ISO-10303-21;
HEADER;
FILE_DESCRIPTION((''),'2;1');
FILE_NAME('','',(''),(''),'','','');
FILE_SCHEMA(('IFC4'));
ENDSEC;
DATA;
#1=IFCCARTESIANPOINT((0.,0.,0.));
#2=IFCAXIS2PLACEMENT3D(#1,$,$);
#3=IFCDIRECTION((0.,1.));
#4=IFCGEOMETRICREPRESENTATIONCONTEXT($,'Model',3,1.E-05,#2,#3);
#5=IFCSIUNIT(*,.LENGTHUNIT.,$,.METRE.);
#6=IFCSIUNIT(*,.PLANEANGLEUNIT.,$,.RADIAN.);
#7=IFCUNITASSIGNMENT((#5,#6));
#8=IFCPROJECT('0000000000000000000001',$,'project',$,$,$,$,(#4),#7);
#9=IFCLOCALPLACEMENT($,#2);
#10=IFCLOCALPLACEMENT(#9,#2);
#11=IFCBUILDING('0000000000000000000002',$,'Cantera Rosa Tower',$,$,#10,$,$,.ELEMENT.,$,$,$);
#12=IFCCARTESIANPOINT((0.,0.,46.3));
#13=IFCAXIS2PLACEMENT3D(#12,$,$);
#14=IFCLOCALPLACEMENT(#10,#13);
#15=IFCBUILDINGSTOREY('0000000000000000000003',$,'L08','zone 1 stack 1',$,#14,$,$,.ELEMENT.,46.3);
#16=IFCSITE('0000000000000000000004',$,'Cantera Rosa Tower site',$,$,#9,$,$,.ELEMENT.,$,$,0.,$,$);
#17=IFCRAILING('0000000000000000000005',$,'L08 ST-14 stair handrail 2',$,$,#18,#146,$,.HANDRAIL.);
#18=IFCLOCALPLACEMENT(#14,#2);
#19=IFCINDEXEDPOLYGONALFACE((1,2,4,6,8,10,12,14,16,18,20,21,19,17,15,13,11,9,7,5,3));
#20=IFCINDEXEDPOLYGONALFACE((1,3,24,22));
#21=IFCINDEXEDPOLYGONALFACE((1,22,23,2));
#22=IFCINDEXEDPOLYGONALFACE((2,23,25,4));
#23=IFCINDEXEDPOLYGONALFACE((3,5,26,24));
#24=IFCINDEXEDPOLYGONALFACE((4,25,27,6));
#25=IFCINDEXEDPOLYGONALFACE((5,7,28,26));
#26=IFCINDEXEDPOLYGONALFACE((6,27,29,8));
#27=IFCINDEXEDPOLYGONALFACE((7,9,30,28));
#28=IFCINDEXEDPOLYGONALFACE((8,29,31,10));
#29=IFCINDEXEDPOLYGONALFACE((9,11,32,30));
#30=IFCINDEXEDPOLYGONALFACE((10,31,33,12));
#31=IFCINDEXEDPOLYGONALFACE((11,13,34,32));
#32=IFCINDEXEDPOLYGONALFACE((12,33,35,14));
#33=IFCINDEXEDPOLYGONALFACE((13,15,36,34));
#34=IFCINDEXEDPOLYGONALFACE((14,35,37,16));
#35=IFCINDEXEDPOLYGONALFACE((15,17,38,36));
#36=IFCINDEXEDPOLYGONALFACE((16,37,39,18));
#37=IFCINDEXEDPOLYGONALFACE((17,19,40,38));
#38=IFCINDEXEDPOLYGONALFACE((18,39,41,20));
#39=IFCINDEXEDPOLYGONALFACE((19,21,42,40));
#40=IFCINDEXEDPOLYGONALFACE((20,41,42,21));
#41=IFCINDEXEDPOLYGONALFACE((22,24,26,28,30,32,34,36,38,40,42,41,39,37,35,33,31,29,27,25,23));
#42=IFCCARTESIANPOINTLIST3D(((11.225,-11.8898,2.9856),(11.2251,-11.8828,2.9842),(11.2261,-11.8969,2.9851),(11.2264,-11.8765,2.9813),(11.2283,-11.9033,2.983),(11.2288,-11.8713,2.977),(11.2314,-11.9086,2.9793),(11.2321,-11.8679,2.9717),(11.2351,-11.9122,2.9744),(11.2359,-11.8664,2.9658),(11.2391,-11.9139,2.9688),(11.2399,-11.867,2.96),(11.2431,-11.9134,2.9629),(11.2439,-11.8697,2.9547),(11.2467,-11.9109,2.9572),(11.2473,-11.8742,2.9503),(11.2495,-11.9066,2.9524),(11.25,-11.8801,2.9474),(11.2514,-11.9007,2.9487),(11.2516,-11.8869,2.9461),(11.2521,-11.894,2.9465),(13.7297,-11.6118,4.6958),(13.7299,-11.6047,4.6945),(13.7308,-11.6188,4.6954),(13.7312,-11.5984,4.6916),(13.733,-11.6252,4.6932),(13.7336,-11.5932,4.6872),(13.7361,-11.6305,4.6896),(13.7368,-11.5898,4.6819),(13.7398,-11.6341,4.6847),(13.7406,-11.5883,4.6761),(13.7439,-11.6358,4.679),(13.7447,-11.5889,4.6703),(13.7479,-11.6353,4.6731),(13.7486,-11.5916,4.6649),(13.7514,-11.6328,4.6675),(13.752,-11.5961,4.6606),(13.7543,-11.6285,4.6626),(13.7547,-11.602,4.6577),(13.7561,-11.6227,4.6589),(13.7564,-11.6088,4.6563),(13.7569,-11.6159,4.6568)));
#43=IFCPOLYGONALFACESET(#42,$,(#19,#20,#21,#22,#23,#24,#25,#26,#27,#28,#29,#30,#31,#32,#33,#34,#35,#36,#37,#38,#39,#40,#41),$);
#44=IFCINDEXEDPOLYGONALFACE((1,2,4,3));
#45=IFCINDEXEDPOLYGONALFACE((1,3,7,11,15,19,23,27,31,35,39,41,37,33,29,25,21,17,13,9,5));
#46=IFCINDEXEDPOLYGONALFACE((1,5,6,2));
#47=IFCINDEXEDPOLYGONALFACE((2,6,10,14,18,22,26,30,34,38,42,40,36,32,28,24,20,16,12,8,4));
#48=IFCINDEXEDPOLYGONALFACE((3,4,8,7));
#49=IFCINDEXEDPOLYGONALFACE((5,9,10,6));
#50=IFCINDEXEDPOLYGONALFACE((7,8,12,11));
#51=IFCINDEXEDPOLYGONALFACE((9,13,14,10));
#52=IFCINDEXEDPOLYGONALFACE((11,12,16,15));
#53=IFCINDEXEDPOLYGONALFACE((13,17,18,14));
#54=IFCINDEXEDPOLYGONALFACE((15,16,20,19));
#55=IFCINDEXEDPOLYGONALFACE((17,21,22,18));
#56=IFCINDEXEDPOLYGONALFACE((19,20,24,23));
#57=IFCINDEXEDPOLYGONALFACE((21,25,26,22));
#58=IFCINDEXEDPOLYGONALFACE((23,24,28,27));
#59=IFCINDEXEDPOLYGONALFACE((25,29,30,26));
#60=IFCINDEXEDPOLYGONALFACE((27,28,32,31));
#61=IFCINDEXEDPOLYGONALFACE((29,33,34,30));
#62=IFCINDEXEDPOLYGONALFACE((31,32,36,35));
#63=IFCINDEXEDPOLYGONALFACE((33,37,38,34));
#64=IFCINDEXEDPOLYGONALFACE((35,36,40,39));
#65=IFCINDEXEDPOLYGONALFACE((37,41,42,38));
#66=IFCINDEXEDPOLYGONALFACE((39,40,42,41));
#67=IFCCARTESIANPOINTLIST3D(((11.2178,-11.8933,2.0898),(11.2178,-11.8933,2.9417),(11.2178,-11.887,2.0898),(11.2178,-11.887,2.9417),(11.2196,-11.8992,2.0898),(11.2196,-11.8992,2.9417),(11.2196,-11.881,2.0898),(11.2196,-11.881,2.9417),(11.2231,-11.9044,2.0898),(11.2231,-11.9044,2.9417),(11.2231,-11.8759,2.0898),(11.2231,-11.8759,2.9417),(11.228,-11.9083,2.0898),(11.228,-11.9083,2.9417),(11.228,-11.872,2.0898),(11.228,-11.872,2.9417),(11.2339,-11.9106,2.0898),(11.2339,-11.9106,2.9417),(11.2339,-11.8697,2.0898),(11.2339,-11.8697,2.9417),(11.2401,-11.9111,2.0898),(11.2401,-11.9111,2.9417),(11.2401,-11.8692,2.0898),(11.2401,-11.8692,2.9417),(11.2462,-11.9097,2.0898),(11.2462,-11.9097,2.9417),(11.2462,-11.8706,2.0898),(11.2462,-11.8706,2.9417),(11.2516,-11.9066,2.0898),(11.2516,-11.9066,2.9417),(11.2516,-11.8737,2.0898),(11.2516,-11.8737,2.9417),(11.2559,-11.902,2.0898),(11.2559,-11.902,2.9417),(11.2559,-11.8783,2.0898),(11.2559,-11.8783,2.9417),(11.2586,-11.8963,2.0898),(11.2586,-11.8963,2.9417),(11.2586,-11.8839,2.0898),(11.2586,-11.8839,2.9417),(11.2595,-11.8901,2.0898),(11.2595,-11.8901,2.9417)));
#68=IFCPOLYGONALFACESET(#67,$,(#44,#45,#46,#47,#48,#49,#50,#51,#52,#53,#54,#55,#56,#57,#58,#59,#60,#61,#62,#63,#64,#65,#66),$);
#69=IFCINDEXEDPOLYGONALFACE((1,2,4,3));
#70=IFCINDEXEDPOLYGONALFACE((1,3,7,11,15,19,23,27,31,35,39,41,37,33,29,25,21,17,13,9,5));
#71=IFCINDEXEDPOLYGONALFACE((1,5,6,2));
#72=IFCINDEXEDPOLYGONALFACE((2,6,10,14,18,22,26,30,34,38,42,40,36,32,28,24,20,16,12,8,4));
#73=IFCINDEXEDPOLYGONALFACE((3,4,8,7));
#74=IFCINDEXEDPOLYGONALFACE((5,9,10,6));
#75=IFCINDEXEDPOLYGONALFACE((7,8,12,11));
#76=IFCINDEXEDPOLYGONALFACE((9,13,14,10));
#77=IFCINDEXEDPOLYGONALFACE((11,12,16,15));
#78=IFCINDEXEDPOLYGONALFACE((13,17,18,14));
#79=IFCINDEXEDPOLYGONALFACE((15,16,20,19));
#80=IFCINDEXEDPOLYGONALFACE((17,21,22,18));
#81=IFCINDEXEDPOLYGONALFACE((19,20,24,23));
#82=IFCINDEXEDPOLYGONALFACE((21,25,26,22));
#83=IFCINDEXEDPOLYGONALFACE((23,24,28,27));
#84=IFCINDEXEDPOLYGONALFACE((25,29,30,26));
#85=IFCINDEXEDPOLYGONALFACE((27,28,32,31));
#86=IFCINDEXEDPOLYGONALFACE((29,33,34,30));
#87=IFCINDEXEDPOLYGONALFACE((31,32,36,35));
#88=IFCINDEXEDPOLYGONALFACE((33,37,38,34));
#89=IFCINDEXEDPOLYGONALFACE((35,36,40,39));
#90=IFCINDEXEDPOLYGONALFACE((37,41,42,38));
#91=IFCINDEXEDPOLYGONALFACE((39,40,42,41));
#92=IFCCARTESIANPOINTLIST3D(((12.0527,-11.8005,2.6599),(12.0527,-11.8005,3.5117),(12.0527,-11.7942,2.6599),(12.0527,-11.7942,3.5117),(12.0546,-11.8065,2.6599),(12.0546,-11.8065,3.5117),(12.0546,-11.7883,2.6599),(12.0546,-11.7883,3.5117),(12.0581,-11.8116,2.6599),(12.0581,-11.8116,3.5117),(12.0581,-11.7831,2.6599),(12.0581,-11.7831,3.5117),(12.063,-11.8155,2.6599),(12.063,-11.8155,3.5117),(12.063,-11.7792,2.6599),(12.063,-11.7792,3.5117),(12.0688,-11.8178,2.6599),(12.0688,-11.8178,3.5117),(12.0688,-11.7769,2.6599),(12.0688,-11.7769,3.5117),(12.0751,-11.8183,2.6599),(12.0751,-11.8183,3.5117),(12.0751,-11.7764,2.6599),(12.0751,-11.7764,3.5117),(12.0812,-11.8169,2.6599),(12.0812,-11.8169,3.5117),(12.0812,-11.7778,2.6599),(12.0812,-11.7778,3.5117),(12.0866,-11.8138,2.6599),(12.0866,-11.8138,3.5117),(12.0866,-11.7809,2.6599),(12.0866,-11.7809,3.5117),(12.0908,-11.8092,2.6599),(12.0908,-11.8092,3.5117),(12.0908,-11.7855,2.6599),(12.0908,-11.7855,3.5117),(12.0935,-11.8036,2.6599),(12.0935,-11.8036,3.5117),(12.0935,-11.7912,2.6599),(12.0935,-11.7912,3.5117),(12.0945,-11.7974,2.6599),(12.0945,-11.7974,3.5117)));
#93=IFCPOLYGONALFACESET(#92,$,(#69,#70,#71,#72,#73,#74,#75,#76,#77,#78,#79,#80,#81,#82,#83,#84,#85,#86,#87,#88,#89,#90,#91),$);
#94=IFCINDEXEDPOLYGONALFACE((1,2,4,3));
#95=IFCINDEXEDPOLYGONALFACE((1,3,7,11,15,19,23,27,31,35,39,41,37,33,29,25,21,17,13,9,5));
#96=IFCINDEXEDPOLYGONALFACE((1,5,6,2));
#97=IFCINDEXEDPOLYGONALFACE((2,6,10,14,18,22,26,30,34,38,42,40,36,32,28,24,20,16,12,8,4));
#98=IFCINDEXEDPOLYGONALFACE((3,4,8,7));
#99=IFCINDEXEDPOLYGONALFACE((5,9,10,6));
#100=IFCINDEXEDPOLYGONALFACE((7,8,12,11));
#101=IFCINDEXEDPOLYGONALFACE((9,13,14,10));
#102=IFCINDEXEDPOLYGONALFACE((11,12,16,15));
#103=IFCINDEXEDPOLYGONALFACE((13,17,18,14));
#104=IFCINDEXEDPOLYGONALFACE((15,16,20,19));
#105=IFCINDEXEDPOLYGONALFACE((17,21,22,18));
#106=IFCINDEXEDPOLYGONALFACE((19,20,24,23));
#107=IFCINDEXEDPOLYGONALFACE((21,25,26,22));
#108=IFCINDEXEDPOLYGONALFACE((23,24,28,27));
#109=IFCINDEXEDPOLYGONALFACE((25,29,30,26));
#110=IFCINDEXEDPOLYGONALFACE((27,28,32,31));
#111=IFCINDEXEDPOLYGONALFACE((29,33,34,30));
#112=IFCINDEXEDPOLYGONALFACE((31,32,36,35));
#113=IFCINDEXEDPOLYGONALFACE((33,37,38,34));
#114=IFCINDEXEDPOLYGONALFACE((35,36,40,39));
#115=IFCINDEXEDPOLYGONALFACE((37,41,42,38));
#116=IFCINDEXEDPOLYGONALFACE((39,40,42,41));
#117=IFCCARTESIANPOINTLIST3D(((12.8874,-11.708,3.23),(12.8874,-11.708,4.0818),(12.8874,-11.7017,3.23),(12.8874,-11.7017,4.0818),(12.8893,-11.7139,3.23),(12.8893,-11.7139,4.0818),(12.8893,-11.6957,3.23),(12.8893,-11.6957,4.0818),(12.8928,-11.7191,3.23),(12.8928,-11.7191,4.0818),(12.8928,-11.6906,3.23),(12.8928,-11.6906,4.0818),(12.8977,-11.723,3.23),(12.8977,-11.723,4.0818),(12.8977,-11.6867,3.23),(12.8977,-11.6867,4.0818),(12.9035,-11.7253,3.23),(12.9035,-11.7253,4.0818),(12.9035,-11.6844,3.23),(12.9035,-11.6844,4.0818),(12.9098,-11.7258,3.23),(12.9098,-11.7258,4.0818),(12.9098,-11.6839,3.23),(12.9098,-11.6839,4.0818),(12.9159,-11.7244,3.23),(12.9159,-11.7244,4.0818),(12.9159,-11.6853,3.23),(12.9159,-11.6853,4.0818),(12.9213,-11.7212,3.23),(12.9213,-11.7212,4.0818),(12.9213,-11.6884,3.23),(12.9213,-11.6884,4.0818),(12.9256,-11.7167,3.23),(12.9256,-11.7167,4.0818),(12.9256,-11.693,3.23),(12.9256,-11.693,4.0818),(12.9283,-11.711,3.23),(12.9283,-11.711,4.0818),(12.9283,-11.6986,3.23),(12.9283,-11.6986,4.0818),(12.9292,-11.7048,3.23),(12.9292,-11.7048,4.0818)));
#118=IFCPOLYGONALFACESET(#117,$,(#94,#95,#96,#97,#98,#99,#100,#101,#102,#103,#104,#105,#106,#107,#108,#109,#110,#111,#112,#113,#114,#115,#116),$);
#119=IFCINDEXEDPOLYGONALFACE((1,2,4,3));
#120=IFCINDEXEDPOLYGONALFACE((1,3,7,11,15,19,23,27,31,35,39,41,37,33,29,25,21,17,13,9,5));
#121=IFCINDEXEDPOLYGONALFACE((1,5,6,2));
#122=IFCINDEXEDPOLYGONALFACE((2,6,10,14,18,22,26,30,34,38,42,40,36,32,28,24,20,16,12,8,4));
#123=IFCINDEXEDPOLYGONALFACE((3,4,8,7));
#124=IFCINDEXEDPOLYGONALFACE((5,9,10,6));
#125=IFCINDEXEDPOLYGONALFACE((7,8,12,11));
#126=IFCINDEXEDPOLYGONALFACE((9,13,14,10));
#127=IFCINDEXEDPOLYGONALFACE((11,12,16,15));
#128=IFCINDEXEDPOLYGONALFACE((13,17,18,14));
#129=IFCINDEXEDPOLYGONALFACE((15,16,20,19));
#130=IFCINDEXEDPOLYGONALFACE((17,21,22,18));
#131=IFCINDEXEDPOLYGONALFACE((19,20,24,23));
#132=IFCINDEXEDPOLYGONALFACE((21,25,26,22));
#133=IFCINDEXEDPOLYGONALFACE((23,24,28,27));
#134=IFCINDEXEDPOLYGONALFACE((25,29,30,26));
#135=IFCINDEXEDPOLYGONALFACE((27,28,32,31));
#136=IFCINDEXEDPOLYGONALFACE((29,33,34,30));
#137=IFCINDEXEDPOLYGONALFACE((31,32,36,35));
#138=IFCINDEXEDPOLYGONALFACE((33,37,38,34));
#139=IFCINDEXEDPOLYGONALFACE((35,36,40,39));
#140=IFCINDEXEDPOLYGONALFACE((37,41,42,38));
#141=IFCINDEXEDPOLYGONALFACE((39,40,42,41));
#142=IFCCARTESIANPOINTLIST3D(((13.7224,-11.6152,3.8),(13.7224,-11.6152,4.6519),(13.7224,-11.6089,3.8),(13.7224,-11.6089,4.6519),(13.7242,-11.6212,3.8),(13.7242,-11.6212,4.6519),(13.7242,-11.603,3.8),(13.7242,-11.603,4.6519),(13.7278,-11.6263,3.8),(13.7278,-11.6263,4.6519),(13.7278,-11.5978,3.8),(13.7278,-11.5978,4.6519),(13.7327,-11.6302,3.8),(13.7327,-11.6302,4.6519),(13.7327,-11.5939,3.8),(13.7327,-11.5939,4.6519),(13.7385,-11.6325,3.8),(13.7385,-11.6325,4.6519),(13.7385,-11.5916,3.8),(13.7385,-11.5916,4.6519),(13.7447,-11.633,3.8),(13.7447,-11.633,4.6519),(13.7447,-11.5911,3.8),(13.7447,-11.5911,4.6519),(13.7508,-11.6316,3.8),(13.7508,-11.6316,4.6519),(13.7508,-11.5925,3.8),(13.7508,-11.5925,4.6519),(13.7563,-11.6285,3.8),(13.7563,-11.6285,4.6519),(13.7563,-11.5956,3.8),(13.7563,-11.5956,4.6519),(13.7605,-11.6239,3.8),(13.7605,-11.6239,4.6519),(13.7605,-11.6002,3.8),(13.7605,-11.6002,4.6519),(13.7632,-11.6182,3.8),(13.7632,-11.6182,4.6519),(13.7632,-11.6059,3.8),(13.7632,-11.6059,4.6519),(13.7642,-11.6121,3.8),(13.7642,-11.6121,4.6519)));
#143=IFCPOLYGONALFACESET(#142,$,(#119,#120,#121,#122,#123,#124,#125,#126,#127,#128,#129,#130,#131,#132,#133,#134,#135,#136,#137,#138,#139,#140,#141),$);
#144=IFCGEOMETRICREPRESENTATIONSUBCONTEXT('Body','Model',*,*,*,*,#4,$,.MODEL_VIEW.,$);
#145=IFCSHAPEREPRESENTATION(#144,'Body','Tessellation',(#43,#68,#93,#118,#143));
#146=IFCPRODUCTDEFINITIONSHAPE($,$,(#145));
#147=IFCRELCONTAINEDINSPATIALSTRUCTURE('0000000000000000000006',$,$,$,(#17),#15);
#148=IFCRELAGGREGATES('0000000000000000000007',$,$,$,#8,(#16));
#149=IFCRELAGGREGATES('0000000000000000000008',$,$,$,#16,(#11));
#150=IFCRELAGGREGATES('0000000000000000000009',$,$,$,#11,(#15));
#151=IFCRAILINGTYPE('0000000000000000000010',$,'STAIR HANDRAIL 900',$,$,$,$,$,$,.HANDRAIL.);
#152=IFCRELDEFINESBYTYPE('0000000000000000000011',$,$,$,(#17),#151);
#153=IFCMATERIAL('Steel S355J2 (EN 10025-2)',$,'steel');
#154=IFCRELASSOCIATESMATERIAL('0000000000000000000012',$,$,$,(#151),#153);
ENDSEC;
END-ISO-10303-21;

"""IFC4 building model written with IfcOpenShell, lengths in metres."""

from ifc_helpers import new_model, si_unit, direction, frame, origin, origin_2d, place, context, subcontext, project, spatial, circle, extrude, material, type_object, element, save


model = new_model("IFC4")

# Units and contexts
model_context = context("Model", 3, precision=1e-05, world=origin(), true_north=direction((0.0, 1.0)))
body_context = subcontext(model_context, "Body", "Model", "MODEL_VIEW")
ifc_project = project(units=[si_unit("LENGTHUNIT", "METRE"), si_unit("PLANEANGLEUNIT", "RADIAN")], contexts=[model_context])

# Site, building, storey
site_placement = place(None, origin())
site = spatial("IfcSite", under=ifc_project, at=site_placement, Name="Cantera Rosa Tower site", CompositionType="ELEMENT", RefElevation=0.0)
building_placement = place(site_placement, origin())
building = spatial("IfcBuilding", under=site, at=building_placement, Name="Cantera Rosa Tower", CompositionType="ELEMENT")
storey_placement = place(building_placement, frame((0.0, 0.0, 46.3)))
storey = spatial("IfcBuildingStorey", under=building, at=storey_placement, Name="L08", Description="zone 1 stack 1", CompositionType="ELEMENT", Elevation=46.3)

# Railing
ifc_material_1 = material(Name="Steel S355J2 (EN 10025-2)", Category="steel")
railing_type = type_object("IfcRailingType", Name="STAIR HANDRAIL 900", PredefinedType="HANDRAIL", material=ifc_material_1)
railing_placement = place(storey_placement, frame((11.2385, -11.8901, 2.0898)))
element("IfcRailing", 1, at=railing_placement, inside=storey, type_object=railing_type, Name="L08 ST-14 stair handrail 2", PredefinedType="HANDRAIL", context=body_context, shape_type="SweptSolid", body=[
    extrude(circle(Radius=0.0239, at=origin_2d()), frame((0.0, 0.0, 0.876), z_axis=(0.822394, 0.091306, 0.561543), x_axis=(-0.110346, 0.993893, 0.0)), (0.0, 0.0, 1.0), 3.0457),
    extrude(circle(Radius=0.021, at=origin_2d()), origin(), (0.0, 0.0, 1.0), 0.8518),
    extrude(circle(Radius=0.021, at=origin_2d()), frame((0.835, 0.0928, 0.5701)), (0.0, 0.0, 1.0), 0.8518),
    extrude(circle(Radius=0.021, at=origin_2d()), frame((1.6697, 0.1853, 1.1401)), (0.0, 0.0, 1.0), 0.8518),
    extrude(circle(Radius=0.021, at=origin_2d()), frame((2.5046, 0.2781, 1.7102)), (0.0, 0.0, 1.0), 0.8518),
])

save(model, "model.ifc")
